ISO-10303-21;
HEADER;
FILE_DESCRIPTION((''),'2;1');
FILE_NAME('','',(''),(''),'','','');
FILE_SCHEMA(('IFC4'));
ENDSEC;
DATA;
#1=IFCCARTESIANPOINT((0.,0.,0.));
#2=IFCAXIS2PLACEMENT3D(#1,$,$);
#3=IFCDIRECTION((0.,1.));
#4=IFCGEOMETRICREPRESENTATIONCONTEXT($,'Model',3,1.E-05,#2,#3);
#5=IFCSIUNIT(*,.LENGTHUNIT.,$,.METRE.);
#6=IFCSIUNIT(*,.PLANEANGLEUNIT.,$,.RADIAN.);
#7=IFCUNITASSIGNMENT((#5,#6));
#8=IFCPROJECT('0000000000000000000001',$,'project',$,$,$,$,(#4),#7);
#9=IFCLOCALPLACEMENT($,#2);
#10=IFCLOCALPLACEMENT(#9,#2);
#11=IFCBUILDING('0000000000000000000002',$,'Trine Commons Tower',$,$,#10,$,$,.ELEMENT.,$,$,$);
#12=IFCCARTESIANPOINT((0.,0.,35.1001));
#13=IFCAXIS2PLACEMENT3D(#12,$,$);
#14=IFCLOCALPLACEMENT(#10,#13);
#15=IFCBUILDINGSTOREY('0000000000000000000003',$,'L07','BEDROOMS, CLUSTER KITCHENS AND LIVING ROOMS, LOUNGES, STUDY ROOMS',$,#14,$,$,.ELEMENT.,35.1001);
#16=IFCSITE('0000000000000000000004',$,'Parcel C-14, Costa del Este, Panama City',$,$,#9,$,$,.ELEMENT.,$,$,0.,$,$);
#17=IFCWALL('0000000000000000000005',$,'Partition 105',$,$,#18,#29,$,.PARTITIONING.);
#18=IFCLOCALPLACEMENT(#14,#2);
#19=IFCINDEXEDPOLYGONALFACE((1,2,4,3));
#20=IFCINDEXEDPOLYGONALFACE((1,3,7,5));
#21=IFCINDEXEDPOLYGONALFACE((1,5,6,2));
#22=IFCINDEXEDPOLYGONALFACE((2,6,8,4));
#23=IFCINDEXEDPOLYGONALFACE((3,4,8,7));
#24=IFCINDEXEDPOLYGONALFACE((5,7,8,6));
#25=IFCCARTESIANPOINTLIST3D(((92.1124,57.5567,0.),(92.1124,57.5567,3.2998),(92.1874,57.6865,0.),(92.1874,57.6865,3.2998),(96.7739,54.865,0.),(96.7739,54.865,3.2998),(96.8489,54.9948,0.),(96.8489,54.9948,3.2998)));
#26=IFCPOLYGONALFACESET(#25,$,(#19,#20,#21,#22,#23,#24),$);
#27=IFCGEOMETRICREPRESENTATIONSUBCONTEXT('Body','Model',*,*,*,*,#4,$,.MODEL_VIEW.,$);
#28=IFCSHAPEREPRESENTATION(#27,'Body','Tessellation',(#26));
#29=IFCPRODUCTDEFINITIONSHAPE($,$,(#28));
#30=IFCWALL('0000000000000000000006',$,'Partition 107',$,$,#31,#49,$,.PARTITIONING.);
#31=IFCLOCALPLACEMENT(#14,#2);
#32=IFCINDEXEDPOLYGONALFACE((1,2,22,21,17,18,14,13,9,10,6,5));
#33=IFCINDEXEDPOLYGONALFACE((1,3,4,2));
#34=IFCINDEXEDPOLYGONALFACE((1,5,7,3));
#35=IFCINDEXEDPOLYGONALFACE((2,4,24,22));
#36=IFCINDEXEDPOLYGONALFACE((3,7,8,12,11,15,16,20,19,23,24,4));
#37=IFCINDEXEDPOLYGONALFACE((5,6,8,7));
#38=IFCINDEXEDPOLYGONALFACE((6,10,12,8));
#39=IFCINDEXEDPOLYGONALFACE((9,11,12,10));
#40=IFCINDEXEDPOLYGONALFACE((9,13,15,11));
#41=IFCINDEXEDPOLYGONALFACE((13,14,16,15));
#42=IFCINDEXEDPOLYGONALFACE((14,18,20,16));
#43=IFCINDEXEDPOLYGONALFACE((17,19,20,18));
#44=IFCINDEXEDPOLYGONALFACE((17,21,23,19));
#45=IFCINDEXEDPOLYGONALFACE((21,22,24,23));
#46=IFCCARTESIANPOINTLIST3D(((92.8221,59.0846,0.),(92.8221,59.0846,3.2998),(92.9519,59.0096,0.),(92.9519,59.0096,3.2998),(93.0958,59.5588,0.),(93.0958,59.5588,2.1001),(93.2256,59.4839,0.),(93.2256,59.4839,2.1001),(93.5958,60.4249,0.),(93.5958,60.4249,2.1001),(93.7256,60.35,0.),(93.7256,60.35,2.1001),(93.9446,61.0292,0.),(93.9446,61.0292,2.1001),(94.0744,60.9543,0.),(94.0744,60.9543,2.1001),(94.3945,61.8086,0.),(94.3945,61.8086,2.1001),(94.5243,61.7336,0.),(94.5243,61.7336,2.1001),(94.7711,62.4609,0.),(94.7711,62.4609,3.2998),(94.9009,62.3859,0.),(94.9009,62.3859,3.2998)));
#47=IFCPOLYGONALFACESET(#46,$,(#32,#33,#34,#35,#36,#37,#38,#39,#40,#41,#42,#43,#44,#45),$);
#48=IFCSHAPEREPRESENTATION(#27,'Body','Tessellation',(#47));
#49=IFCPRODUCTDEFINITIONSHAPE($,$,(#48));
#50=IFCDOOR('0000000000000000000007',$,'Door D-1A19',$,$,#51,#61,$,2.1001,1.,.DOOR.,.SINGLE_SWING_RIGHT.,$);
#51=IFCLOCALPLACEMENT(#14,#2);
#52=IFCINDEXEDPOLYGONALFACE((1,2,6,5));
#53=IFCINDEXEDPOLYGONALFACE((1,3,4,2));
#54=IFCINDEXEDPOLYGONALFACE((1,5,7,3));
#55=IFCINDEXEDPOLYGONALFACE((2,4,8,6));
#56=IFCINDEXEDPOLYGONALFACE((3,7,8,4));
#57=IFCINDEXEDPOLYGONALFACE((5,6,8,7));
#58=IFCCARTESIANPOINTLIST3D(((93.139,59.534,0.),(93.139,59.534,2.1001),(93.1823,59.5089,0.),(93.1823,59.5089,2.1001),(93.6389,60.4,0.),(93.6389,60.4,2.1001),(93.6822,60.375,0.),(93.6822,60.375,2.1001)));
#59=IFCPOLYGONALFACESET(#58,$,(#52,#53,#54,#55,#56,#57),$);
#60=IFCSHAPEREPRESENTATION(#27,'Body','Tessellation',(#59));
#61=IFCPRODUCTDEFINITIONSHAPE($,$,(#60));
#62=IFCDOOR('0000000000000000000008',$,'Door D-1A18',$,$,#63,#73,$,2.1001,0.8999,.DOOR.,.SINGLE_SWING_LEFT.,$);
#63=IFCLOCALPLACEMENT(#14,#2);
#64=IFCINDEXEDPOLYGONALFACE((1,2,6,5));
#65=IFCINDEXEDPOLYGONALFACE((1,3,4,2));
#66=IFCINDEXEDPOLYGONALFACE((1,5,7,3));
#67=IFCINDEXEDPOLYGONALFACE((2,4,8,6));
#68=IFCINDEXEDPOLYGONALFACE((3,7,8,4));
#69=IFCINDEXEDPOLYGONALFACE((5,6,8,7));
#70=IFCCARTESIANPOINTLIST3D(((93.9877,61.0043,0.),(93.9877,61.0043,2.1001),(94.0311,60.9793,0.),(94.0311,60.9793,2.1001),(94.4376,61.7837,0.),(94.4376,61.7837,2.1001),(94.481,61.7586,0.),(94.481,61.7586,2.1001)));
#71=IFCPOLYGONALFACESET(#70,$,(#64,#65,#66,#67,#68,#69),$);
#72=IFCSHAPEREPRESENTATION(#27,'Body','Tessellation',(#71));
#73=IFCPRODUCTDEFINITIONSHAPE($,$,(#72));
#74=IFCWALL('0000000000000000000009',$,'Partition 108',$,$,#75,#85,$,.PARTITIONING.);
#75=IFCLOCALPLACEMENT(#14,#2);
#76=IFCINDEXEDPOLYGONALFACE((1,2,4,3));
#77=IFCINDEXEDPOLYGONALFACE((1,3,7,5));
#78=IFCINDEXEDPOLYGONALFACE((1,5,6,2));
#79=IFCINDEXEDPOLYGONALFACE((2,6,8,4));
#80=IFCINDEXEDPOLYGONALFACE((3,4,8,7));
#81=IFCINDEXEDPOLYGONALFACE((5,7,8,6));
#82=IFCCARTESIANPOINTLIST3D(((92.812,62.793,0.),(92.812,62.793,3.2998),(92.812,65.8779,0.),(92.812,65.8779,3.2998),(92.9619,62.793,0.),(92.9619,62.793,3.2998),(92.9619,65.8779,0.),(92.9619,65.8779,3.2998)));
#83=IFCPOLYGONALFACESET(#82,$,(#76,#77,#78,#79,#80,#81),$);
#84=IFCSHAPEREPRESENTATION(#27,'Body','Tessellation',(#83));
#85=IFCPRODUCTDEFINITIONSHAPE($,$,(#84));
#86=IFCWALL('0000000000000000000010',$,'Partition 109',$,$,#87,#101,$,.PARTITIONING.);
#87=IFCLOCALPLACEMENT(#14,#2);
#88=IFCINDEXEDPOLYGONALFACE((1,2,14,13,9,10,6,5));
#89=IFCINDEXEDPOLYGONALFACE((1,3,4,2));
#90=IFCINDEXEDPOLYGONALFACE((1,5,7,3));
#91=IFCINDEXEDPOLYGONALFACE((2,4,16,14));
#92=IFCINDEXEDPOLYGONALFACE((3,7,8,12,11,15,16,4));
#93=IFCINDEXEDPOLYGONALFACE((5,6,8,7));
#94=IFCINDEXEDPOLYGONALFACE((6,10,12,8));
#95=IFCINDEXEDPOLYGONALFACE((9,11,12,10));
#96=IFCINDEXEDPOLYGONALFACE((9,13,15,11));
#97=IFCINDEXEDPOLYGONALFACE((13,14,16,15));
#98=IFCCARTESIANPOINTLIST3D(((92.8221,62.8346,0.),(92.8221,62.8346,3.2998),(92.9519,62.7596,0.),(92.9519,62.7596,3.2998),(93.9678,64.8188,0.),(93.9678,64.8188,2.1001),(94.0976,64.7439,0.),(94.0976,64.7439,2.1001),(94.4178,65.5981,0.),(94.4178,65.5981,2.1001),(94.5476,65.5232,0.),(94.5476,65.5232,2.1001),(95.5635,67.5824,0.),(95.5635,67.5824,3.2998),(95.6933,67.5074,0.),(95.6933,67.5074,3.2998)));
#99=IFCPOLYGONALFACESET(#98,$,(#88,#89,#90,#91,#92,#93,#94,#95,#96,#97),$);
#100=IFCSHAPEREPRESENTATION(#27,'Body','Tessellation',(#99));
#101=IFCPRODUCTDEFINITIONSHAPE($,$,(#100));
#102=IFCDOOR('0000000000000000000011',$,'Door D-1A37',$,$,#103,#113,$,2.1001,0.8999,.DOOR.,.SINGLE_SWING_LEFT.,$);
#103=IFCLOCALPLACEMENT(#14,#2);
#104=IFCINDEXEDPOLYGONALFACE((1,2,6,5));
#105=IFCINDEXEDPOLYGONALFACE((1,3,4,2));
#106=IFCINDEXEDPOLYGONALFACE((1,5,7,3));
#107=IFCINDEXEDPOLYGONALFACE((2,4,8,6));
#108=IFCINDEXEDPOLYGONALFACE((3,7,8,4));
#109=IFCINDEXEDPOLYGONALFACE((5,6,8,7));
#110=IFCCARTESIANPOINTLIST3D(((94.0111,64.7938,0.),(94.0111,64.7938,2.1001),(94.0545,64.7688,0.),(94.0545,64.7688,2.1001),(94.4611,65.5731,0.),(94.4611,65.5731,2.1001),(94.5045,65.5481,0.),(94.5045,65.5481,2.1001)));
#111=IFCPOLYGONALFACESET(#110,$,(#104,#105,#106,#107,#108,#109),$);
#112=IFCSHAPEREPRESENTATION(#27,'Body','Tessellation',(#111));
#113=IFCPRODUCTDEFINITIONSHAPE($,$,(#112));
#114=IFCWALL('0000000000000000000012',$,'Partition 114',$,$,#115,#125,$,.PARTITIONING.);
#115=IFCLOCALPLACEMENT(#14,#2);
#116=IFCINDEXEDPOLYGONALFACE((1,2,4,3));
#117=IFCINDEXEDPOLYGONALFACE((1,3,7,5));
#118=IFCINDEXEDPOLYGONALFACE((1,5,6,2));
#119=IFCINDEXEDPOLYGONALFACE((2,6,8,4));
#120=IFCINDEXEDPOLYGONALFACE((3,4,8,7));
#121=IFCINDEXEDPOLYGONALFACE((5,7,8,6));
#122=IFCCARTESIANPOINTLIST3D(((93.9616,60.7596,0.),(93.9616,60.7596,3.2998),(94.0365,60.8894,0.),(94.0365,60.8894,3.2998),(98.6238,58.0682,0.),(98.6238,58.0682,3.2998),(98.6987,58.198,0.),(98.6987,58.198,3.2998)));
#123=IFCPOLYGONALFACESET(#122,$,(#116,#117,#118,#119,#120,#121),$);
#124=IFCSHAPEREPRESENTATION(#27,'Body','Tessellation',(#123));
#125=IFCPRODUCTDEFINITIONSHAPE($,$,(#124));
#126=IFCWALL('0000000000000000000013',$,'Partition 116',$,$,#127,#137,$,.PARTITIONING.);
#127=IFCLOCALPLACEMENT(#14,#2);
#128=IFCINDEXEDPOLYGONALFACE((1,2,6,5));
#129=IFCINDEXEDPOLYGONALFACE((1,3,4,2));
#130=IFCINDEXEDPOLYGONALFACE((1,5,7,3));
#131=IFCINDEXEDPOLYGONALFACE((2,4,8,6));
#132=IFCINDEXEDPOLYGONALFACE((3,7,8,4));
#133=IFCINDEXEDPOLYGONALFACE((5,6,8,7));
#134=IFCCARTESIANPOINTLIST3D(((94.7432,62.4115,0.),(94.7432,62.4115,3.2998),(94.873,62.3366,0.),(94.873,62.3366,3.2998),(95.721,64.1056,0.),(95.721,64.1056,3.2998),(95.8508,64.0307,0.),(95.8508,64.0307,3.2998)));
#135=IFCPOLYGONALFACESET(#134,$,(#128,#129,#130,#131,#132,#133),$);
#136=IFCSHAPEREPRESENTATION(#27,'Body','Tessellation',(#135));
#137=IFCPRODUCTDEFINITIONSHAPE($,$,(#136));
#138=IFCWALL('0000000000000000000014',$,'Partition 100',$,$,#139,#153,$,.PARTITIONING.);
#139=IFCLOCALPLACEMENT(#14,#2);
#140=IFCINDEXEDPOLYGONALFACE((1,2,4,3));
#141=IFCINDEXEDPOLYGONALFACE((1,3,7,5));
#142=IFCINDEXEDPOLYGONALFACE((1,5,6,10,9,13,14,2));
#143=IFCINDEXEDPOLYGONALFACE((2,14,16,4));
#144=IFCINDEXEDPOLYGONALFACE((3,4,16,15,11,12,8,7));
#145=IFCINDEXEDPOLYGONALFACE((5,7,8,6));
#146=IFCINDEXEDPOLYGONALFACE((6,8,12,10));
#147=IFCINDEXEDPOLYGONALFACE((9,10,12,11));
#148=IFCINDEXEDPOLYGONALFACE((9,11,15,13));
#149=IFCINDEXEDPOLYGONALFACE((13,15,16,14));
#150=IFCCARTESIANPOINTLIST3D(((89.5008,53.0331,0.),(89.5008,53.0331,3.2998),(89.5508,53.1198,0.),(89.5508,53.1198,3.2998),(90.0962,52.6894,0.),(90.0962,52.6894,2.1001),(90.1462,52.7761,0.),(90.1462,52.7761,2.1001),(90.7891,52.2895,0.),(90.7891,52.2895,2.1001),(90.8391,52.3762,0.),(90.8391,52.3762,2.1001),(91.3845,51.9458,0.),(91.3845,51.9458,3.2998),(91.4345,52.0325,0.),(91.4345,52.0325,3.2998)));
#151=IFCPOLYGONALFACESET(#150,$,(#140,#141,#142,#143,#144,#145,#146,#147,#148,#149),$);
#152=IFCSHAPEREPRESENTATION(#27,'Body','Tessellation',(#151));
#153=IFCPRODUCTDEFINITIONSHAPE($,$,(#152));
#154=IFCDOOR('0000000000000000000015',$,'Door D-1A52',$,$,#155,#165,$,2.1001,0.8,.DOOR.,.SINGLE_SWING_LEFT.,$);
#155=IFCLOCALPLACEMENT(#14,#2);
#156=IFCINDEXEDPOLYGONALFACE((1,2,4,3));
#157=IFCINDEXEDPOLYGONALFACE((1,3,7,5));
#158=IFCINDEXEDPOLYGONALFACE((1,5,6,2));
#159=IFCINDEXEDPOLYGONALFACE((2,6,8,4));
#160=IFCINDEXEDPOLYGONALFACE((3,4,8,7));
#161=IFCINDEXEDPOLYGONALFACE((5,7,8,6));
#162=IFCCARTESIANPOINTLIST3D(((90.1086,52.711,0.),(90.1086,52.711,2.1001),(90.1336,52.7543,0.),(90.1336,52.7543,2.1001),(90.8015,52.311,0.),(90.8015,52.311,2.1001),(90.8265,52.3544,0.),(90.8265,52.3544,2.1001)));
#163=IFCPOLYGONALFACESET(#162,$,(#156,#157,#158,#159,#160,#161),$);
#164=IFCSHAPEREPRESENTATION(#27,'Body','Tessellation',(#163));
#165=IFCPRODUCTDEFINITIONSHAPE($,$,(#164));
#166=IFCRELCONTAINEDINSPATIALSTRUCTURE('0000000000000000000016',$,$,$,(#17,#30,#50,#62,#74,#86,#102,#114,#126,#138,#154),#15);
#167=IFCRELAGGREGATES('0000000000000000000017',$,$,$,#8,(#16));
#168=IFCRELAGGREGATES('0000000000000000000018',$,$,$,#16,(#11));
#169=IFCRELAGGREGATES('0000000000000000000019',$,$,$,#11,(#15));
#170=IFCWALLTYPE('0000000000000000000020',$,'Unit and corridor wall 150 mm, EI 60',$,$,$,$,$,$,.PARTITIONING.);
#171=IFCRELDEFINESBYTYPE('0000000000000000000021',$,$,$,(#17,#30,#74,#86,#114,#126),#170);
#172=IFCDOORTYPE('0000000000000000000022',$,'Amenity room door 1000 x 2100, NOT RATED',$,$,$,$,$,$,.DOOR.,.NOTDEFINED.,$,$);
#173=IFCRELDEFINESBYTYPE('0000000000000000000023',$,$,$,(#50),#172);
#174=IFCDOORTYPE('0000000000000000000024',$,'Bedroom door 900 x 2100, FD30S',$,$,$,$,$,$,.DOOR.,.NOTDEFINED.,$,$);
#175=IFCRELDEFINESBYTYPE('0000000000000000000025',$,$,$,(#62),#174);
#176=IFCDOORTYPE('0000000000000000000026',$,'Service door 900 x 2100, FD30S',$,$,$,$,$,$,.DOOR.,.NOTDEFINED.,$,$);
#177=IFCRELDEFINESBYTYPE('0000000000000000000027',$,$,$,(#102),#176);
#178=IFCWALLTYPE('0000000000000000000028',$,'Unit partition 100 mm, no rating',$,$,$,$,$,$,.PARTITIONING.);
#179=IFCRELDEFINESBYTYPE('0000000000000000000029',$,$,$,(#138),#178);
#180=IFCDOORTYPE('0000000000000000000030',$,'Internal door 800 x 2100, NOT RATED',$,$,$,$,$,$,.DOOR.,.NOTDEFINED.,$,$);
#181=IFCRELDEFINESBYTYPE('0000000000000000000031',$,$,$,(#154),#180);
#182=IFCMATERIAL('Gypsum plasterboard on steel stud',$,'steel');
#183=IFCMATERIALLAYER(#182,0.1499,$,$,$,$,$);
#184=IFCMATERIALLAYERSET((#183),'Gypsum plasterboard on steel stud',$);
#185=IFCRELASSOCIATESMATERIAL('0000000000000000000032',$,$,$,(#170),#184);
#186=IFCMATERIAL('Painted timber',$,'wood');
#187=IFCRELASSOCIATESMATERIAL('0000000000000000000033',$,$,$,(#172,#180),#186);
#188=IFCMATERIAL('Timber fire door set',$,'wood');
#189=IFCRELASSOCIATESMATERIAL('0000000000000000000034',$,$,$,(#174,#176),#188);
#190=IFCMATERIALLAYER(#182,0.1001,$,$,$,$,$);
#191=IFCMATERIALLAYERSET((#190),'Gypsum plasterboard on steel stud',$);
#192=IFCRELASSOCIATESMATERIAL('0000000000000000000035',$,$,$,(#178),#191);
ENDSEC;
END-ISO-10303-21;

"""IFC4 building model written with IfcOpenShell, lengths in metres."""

from ifc_helpers import new_model, si_unit, direction, frame, frame_2d, origin, place, context, subcontext, project, spatial, rectangle, extrude, material, layer, layer_set, type_object, element, fill, save


model = new_model("IFC4")

# Units and contexts
model_context = context("Model", 3, precision=1e-05, world=origin(), true_north=direction((0.0, 1.0)))
body_context = subcontext(model_context, "Body", "Model", "MODEL_VIEW")
ifc_project = project(units=[si_unit("LENGTHUNIT", "METRE"), si_unit("PLANEANGLEUNIT", "RADIAN")], contexts=[model_context])

# Site, building, storey
site_placement = place(None, origin())
site = spatial("IfcSite", under=ifc_project, at=site_placement, Name="Parcel C-14, Costa del Este, Panama City", CompositionType="ELEMENT", RefElevation=0.0)
building_placement = place(site_placement, origin())
building = spatial("IfcBuilding", under=site, at=building_placement, Name="Trine Commons Tower", CompositionType="ELEMENT")
storey_placement = place(building_placement, frame((0.0, 0.0, 35.1001)))
storey = spatial("IfcBuildingStorey", under=building, at=storey_placement, Name="L07", Description="BEDROOMS, CLUSTER KITCHENS AND LIVING ROOMS, LOUNGES, STUDY ROOMS", CompositionType="ELEMENT", Elevation=35.1001)

# Wall
ifc_material_1 = material(Name="Gypsum plasterboard on steel stud", Category="steel")
ifc_layer_1 = layer(ifc_material_1, 0.1499)
ifc_layer_set_1 = layer_set([ifc_layer_1], Name="Gypsum plasterboard on steel stud")
wall_type_1 = type_object("IfcWallType", Name="Unit and corridor wall 150 mm, EI 60", PredefinedType="PARTITIONING", material=ifc_layer_set_1)
wall_1_placement = place(storey_placement, frame((92.1499, 57.6216, 0.0), z_axis=(0.0, 0.0, 1.0), x_axis=(0.865993, -0.500056, 0.0)))
element("IfcWall", 1, at=wall_1_placement, inside=storey, type_object=wall_type_1, Name="Partition 105", PredefinedType="PARTITIONING", context=body_context, shape_type="SweptSolid", body=[
    extrude(rectangle(XDim=5.3828, YDim=0.1499, at=frame_2d((2.6914, 0.0))), origin(), (0.0, 0.0, 1.0), 3.2998),
])

# Wall, openings, doors
wall_2_placement = place(storey_placement, frame((92.887, 59.0471, 0.0), z_axis=(0.0, 0.0, 1.0), x_axis=(0.499945, 0.866057, 0.0)))
wall_2 = element("IfcWall", 2, at=wall_2_placement, inside=storey, type_object=wall_type_1, Name="Partition 107", PredefinedType="PARTITIONING", context=body_context, shape_type="SweptSolid", body=[
    extrude(rectangle(XDim=3.8984, YDim=0.1499, at=frame_2d((1.9492, 0.0))), origin(), (0.0, 0.0, 1.0), 3.2998),
])
opening_1_placement = place(wall_2_placement, frame((2.2454, 0.0, 0.0)))
opening_1 = element("IfcOpeningElement", 3, at=opening_1_placement, cuts=wall_2, PredefinedType="OPENING", context=body_context, shape_type="SweptSolid", body=[
    extrude(rectangle(XDim=0.8999, YDim=2.1001, at=frame_2d((0.45, 1.05))), frame((0.0, 0.085, 0.0), z_axis=(0.0, -1.0, 0.0), x_axis=(1.0, 0.0, 0.0)), (0.0, 0.0, 1.0), 0.1699),
])
opening_2_placement = place(wall_2_placement, frame((0.5476, 0.0, 0.0)))
opening_2 = element("IfcOpeningElement", 4, at=opening_2_placement, cuts=wall_2, PredefinedType="OPENING", context=body_context, shape_type="SweptSolid", body=[
    extrude(rectangle(XDim=1.0, YDim=2.1001, at=frame_2d((0.5, 1.05))), frame((0.0, 0.085, 0.0), z_axis=(0.0, -1.0, 0.0), x_axis=(1.0, 0.0, 0.0)), (0.0, 0.0, 1.0), 0.1699),
])
ifc_material_2 = material(Name="Painted timber", Category="wood")
door_type_1 = type_object("IfcDoorType", Name="Amenity room door 1000 x 2100, NOT RATED", OperationType="NOTDEFINED", PredefinedType="DOOR", material=ifc_material_2)
door_1_placement = place(opening_2_placement, frame((1.0, 0.0, 0.0), z_axis=(0.0, 0.0, 1.0), x_axis=(-1.0, 0.0, 0.0)))
door_1 = element("IfcDoor", 5, at=door_1_placement, inside=storey, type_object=door_type_1, Name="Door D-1A19", OperationType="SINGLE_SWING_RIGHT", OverallHeight=2.1001, OverallWidth=1.0, PredefinedType="DOOR", context=body_context, shape_type="SweptSolid", body=[
    extrude(rectangle(XDim=1.0, YDim=2.1001, at=frame_2d((0.5, 1.05))), frame((0.0, 0.0249, 0.0), z_axis=(0.0, -1.0, 0.0), x_axis=(1.0, 0.0, 0.0)), (0.0, 0.0, 1.0), 0.05),
])
fill(opening_2, door_1)
ifc_material_3 = material(Name="Timber fire door set", Category="wood")
door_type_2 = type_object("IfcDoorType", Name="Bedroom door 900 x 2100, FD30S", OperationType="NOTDEFINED", PredefinedType="DOOR", material=ifc_material_3)
door_2_placement = place(opening_1_placement, frame((0.8999, 0.0, 0.0), z_axis=(0.0, 0.0, 1.0), x_axis=(-1.0, 0.0, 0.0)))
door_2 = element("IfcDoor", 6, at=door_2_placement, inside=storey, type_object=door_type_2, Name="Door D-1A18", OperationType="SINGLE_SWING_LEFT", OverallHeight=2.1001, OverallWidth=0.8999, PredefinedType="DOOR", context=body_context, shape_type="SweptSolid", body=[
    extrude(rectangle(XDim=0.8999, YDim=2.1001, at=frame_2d((0.45, 1.05))), frame((0.0, 0.0249, 0.0), z_axis=(0.0, -1.0, 0.0), x_axis=(1.0, 0.0, 0.0)), (0.0, 0.0, 1.0), 0.05),
])
fill(opening_1, door_2)

# Wall
wall_3_placement = place(storey_placement, frame((92.887, 62.793, 0.0), z_axis=(0.0, 0.0, 1.0), x_axis=(0.0, 1.0, 0.0)))
element("IfcWall", 7, at=wall_3_placement, inside=storey, type_object=wall_type_1, Name="Partition 108", PredefinedType="PARTITIONING", context=body_context, shape_type="SweptSolid", body=[
    extrude(rectangle(XDim=3.085, YDim=0.1499, at=frame_2d((1.5425, 0.0))), origin(), (0.0, 0.0, 1.0), 3.2998),
])

# Wall, opening, door
wall_4_placement = place(storey_placement, frame((92.887, 62.7971, 0.0), z_axis=(0.0, 0.0, 1.0), x_axis=(0.500042, 0.866001, 0.0)))
wall_4 = element("IfcWall", 8, at=wall_4_placement, inside=storey, type_object=wall_type_1, Name="Partition 109", PredefinedType="PARTITIONING", context=body_context, shape_type="SweptSolid", body=[
    extrude(rectangle(XDim=5.4824, YDim=0.1499, at=frame_2d((2.7412, 0.0))), origin(), (0.0, 0.0, 1.0), 3.2998),
])
opening_3_placement = place(wall_4_placement, frame((2.2913, 0.0, 0.0)))
opening_3 = element("IfcOpeningElement", 9, at=opening_3_placement, cuts=wall_4, PredefinedType="OPENING", context=body_context, shape_type="SweptSolid", body=[
    extrude(rectangle(XDim=0.8999, YDim=2.1001, at=frame_2d((0.45, 1.05))), frame((0.0, 0.085, 0.0), z_axis=(0.0, -1.0, 0.0), x_axis=(1.0, 0.0, 0.0)), (0.0, 0.0, 1.0), 0.1699),
])
door_type_3 = type_object("IfcDoorType", Name="Service door 900 x 2100, FD30S", OperationType="NOTDEFINED", PredefinedType="DOOR", material=ifc_material_3)
door_3_placement = place(opening_3_placement, origin())
door_3 = element("IfcDoor", 10, at=door_3_placement, inside=storey, type_object=door_type_3, Name="Door D-1A37", OperationType="SINGLE_SWING_LEFT", OverallHeight=2.1001, OverallWidth=0.8999, PredefinedType="DOOR", context=body_context, shape_type="SweptSolid", body=[
    extrude(rectangle(XDim=0.8999, YDim=2.1001, at=frame_2d((0.45, 1.05))), frame((0.0, 0.0249, 0.0), z_axis=(0.0, -1.0, 0.0), x_axis=(1.0, 0.0, 0.0)), (0.0, 0.0, 1.0), 0.05),
])
fill(opening_3, door_3)

# Walls
wall_5_placement = place(storey_placement, frame((93.999, 60.8245, 0.0), z_axis=(0.0, 0.0, 1.0), x_axis=(0.866058, -0.499944, 0.0)))
element("IfcWall", 11, at=wall_5_placement, inside=storey, type_object=wall_type_1, Name="Partition 114", PredefinedType="PARTITIONING", context=body_context, shape_type="SweptSolid", body=[
    extrude(rectangle(XDim=5.3833, YDim=0.1499, at=frame_2d((2.6917, 0.0))), origin(), (0.0, 0.0, 1.0), 3.2998),
])
wall_6_placement = place(storey_placement, frame((94.8081, 62.374, 0.0), z_axis=(0.0, 0.0, 1.0), x_axis=(0.499885, 0.866092, 0.0)))
element("IfcWall", 12, at=wall_6_placement, inside=storey, type_object=wall_type_1, Name="Partition 116", PredefinedType="PARTITIONING", context=body_context, shape_type="SweptSolid", body=[
    extrude(rectangle(XDim=1.9561, YDim=0.1499, at=frame_2d((0.978, 0.0))), origin(), (0.0, 0.0, 1.0), 3.2998),
])

# Wall, opening, door
ifc_layer_2 = layer(ifc_material_1, 0.1001)
ifc_layer_set_2 = layer_set([ifc_layer_2], Name="Gypsum plasterboard on steel stud")
wall_type_2 = type_object("IfcWallType", Name="Unit partition 100 mm, no rating", PredefinedType="PARTITIONING", material=ifc_layer_set_2)
wall_7_placement = place(storey_placement, frame((89.5259, 53.0764, 0.0), z_axis=(0.0, 0.0, 1.0), x_axis=(0.866066, -0.49993, 0.0)))
wall_7 = element("IfcWall", 13, at=wall_7_placement, inside=storey, type_object=wall_type_2, Name="Partition 100", PredefinedType="PARTITIONING", context=body_context, shape_type="SweptSolid", body=[
    extrude(rectangle(XDim=2.175, YDim=0.1001, at=frame_2d((1.0874, 0.0))), origin(), (0.0, 0.0, 1.0), 3.2998),
])
opening_4_placement = place(wall_7_placement, frame((0.6875, 0.0, 0.0)))
opening_4 = element("IfcOpeningElement", 14, at=opening_4_placement, cuts=wall_7, PredefinedType="OPENING", context=body_context, shape_type="SweptSolid", body=[
    extrude(rectangle(XDim=0.8, YDim=2.1001, at=frame_2d((0.3999, 1.05))), frame((0.0, 0.0601, 0.0), z_axis=(0.0, -1.0, 0.0), x_axis=(1.0, 0.0, 0.0)), (0.0, 0.0, 1.0), 0.1201),
])
door_type_4 = type_object("IfcDoorType", Name="Internal door 800 x 2100, NOT RATED", OperationType="NOTDEFINED", PredefinedType="DOOR", material=ifc_material_2)
door_4_placement = place(opening_4_placement, origin())
door_4 = element("IfcDoor", 15, at=door_4_placement, inside=storey, type_object=door_type_4, Name="Door D-1A52", OperationType="SINGLE_SWING_LEFT", OverallHeight=2.1001, OverallWidth=0.8, PredefinedType="DOOR", context=body_context, shape_type="SweptSolid", body=[
    extrude(rectangle(XDim=0.8, YDim=2.1001, at=frame_2d((0.3999, 1.05))), frame((0.0, 0.0249, 0.0), z_axis=(0.0, -1.0, 0.0), x_axis=(1.0, 0.0, 0.0)), (0.0, 0.0, 1.0), 0.05),
])
fill(opening_4, door_4)

save(model, "model.ifc")
